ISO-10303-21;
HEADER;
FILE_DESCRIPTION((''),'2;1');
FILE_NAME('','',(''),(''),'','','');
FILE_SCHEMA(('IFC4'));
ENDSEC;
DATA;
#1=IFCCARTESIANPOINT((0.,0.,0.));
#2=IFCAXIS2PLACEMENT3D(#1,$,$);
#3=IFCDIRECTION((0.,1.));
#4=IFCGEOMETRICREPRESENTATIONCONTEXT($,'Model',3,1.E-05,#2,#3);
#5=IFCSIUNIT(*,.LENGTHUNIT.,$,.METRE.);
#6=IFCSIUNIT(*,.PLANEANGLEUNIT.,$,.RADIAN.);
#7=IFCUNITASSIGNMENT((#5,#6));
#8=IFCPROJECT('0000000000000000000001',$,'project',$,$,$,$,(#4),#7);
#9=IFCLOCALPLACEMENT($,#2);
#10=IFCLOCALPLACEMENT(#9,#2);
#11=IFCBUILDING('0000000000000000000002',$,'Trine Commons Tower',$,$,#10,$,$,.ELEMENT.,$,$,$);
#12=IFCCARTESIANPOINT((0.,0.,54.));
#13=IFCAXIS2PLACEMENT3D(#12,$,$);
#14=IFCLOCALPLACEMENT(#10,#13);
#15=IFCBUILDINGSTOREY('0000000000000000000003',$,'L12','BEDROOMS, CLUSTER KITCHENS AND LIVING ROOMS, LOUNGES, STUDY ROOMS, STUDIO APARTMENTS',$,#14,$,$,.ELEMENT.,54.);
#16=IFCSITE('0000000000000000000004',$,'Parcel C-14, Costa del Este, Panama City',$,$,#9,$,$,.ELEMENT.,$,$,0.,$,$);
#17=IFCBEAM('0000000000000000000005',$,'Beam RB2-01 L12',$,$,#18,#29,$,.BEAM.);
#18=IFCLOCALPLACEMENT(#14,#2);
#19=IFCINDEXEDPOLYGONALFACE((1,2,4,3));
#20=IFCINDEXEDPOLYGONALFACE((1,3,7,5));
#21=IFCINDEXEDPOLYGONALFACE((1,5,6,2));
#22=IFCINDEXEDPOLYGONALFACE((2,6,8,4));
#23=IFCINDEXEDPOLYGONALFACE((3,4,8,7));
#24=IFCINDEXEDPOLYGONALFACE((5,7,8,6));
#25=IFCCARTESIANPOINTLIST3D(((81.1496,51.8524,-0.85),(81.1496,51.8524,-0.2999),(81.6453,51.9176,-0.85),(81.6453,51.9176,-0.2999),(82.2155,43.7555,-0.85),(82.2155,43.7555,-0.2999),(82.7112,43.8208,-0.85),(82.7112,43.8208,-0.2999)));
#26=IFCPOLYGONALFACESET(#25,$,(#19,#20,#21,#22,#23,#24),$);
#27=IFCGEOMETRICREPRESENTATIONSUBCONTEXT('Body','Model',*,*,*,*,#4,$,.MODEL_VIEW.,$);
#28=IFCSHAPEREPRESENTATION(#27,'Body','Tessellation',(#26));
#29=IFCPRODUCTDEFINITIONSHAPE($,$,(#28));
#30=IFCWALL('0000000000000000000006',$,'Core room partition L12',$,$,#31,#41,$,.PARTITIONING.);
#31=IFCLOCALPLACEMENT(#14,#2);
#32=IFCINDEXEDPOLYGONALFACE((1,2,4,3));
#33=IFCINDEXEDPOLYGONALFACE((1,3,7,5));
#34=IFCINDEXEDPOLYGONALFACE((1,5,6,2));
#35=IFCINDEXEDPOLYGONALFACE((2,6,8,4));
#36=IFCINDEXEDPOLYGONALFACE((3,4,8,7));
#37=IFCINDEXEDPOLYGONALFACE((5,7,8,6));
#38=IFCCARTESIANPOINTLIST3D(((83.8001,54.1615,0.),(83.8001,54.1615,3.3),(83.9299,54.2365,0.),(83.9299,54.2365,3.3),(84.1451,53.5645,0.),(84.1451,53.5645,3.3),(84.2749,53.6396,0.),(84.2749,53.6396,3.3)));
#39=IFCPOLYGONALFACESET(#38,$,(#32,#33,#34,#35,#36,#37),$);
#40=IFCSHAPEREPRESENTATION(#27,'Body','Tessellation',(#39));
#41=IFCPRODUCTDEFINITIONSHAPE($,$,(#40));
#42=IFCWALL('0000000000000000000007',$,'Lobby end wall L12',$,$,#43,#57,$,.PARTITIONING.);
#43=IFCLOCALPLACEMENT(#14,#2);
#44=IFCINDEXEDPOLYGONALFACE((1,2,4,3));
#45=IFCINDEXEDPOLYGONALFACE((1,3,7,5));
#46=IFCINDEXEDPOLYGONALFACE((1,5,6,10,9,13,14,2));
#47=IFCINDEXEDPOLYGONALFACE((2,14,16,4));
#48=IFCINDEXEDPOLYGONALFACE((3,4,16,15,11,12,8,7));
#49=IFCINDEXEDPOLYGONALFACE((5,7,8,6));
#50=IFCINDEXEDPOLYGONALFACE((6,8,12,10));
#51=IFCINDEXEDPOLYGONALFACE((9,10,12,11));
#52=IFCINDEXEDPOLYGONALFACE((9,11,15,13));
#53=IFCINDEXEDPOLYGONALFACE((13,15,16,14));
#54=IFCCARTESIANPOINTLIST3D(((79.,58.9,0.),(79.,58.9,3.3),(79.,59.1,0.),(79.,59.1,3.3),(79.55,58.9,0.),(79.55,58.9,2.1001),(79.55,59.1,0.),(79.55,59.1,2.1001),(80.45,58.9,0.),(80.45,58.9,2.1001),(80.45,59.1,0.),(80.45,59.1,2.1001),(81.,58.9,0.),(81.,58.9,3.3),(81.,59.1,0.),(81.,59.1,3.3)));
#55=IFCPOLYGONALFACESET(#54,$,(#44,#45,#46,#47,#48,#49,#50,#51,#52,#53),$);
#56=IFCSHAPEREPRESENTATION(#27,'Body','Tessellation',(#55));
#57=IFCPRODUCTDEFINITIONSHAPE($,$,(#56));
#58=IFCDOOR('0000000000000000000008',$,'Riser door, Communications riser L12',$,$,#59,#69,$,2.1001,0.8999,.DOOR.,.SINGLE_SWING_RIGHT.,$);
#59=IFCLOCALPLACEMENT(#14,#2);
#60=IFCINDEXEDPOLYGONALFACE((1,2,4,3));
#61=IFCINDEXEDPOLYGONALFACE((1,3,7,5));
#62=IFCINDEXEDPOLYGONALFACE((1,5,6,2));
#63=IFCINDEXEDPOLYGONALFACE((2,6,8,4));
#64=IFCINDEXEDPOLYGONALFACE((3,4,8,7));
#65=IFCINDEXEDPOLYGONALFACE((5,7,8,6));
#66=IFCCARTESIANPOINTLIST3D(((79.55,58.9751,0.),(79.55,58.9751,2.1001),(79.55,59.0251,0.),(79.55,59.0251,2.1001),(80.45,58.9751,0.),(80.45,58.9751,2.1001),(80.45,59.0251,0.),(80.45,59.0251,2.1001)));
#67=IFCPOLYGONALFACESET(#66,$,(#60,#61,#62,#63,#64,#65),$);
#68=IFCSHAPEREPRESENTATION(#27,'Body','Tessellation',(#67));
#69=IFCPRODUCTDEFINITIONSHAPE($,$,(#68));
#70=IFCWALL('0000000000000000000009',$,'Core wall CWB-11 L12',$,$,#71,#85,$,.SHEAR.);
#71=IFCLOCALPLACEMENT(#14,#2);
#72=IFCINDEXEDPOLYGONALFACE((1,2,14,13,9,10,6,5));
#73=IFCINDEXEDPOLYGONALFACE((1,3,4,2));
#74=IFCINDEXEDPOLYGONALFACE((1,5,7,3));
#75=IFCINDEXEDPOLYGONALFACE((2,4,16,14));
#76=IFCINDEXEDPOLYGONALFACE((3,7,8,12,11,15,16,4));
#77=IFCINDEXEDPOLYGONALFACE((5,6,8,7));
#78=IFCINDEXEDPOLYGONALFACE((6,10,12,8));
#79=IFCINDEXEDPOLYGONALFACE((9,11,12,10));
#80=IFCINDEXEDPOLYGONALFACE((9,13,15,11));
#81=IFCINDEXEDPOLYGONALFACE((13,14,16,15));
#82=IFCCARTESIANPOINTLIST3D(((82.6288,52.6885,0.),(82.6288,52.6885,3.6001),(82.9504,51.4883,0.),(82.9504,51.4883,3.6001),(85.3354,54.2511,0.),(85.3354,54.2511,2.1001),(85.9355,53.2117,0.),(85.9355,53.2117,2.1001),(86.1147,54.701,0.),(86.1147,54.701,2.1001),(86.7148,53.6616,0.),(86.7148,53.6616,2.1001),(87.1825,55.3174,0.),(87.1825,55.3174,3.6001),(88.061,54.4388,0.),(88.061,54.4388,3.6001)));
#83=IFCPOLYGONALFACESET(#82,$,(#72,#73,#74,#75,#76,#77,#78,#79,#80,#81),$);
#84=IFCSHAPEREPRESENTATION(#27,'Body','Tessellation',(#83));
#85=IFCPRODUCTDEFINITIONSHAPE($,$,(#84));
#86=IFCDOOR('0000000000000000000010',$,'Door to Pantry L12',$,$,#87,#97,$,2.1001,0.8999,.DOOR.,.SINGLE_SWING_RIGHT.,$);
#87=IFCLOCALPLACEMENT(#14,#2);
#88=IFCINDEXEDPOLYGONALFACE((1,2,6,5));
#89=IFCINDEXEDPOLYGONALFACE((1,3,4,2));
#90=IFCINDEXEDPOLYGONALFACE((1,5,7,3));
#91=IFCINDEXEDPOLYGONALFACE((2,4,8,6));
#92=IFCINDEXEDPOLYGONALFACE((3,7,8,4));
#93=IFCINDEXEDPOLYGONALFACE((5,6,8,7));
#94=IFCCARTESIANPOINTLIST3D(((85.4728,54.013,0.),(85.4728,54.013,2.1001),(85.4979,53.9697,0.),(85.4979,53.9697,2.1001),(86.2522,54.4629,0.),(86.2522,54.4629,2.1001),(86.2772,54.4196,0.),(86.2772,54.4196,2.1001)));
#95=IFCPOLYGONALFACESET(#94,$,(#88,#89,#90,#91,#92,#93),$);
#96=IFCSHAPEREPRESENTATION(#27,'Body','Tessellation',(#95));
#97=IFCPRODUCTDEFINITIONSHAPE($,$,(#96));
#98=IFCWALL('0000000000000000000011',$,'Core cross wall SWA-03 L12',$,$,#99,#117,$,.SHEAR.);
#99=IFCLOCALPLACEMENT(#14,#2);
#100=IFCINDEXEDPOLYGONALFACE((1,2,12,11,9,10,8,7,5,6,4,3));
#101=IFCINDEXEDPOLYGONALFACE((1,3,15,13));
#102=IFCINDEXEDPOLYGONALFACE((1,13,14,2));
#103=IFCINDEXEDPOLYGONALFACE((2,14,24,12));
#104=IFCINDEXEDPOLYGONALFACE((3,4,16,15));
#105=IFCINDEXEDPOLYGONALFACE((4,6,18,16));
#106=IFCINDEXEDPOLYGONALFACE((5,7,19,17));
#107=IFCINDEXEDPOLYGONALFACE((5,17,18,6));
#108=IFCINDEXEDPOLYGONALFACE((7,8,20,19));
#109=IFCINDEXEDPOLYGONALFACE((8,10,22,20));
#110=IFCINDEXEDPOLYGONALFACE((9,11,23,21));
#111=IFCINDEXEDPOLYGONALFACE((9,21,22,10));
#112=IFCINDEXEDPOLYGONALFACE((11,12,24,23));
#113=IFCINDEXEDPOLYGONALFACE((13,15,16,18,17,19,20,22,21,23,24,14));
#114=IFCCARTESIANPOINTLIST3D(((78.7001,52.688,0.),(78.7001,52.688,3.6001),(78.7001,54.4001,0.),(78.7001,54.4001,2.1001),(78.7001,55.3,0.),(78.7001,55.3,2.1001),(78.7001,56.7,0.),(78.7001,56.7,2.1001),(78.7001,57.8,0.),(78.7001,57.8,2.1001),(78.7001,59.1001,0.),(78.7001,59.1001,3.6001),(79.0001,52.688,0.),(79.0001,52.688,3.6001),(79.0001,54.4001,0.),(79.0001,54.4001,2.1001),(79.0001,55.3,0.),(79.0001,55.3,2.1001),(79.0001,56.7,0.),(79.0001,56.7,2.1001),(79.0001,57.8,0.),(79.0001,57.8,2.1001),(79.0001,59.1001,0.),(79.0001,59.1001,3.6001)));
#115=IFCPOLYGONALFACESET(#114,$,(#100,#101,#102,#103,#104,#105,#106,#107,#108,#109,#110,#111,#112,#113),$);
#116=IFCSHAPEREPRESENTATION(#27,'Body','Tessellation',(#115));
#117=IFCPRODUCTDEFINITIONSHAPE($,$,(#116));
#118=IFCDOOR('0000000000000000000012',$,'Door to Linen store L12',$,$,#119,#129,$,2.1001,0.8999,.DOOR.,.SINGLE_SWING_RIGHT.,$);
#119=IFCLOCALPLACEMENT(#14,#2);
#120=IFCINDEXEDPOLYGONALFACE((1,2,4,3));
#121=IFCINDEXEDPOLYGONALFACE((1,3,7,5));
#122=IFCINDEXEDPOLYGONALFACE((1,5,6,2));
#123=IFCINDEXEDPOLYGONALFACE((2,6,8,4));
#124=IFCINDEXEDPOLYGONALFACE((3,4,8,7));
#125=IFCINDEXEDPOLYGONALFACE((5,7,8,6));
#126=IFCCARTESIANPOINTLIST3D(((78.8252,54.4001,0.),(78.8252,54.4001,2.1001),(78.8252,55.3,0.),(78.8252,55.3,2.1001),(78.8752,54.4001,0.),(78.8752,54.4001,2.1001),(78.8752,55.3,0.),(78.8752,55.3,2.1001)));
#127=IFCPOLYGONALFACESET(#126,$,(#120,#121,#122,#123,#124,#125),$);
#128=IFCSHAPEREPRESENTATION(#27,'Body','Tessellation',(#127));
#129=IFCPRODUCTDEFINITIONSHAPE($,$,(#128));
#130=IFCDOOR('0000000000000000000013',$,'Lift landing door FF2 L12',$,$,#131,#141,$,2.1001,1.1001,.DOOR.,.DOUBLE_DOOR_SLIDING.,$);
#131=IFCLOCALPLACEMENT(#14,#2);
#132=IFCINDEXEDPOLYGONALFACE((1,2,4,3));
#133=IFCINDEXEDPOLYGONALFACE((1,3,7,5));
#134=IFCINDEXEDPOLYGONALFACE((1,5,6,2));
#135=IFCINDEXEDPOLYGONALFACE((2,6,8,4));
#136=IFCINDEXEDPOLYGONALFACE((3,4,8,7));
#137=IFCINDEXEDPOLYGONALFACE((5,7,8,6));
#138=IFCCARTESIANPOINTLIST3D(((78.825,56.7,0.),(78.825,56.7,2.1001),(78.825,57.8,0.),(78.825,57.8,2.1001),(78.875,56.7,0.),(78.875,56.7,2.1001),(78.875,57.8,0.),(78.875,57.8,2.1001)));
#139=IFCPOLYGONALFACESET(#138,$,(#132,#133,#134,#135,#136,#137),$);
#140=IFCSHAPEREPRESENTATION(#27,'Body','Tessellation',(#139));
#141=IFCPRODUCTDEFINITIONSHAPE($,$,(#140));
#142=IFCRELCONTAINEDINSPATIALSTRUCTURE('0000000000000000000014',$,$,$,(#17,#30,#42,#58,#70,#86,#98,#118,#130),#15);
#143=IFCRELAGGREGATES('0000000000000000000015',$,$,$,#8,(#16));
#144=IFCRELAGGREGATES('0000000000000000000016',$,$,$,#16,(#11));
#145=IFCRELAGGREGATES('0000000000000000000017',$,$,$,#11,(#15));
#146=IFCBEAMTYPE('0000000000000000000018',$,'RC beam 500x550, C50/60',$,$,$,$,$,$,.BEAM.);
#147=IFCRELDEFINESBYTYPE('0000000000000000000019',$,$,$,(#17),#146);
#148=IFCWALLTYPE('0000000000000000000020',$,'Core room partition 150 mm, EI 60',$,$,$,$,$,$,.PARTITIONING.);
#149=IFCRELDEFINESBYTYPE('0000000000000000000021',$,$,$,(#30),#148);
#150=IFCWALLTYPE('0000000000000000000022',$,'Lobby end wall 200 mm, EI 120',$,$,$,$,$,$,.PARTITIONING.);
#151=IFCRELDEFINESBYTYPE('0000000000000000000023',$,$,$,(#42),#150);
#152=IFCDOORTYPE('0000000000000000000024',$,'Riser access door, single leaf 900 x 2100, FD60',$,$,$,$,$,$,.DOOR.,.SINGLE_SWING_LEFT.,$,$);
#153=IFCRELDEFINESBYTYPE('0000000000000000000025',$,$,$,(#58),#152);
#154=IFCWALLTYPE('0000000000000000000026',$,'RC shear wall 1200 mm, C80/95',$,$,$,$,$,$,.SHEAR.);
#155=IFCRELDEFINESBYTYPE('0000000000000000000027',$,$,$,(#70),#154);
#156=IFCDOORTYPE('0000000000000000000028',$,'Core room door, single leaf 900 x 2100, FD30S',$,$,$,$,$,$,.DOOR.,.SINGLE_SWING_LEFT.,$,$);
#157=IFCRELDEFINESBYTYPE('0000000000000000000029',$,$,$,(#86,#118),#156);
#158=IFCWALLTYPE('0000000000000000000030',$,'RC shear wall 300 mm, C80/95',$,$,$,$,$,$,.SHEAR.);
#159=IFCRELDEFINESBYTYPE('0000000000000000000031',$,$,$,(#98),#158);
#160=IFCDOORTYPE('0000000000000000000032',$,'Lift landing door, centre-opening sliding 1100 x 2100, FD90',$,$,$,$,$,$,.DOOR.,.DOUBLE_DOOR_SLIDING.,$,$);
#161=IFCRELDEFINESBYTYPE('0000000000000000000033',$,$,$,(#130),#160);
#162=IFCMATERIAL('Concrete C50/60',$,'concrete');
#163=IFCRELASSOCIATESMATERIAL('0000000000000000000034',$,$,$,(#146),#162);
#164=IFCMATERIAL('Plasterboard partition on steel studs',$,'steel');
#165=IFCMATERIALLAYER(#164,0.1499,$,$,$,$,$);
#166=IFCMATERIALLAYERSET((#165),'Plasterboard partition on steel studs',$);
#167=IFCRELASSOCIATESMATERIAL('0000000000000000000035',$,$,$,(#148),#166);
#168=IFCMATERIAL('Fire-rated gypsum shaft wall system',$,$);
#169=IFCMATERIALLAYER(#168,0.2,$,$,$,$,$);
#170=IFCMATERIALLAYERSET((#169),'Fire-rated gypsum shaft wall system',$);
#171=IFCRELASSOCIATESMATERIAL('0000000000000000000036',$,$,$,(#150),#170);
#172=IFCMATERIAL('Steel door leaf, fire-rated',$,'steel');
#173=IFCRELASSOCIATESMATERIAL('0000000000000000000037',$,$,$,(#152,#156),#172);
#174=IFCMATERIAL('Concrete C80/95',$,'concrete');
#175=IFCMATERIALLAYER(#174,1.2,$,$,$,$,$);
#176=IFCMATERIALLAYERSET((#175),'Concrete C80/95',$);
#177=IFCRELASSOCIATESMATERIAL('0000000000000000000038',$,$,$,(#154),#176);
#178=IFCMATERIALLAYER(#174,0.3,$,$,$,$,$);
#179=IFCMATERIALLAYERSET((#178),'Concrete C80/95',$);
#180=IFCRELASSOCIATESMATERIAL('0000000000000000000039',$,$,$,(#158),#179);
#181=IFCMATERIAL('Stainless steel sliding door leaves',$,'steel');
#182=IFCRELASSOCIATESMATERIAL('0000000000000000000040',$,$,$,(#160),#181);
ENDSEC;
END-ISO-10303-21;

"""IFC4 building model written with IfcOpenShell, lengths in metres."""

from ifc_helpers import new_model, si_unit, direction, frame, frame_2d, origin, origin_2d, place, context, subcontext, project, spatial, polyline, rectangle, outline, extrude, material, layer, layer_set, material_profile, profile_set, type_object, element, fill, save


model = new_model("IFC4")

# Units and contexts
model_context = context("Model", 3, precision=1e-05, world=origin(), true_north=direction((0.0, 1.0)))
body_context = subcontext(model_context, "Body", "Model", "MODEL_VIEW")
ifc_project = project(units=[si_unit("LENGTHUNIT", "METRE"), si_unit("PLANEANGLEUNIT", "RADIAN")], contexts=[model_context])

# Site, building, storey
site_placement = place(None, origin())
site = spatial("IfcSite", under=ifc_project, at=site_placement, Name="Parcel C-14, Costa del Este, Panama City", CompositionType="ELEMENT", RefElevation=0.0)
building_placement = place(site_placement, origin())
building = spatial("IfcBuilding", under=site, at=building_placement, Name="Trine Commons Tower", CompositionType="ELEMENT")
storey_placement = place(building_placement, frame((0.0, 0.0, 54.0)))
storey = spatial("IfcBuildingStorey", under=building, at=storey_placement, Name="L12", Description="BEDROOMS, CLUSTER KITCHENS AND LIVING ROOMS, LOUNGES, STUDY ROOMS, STUDIO APARTMENTS", CompositionType="ELEMENT", Elevation=54.0)

# Beam
ifc_material_1 = material(Name="Concrete C50/60", Category="concrete")
ifc_material_profile = material_profile(ifc_material_1, rectangle(XDim=0.5, YDim=0.55, at=origin_2d()), Name="RC 500x550")
ifc_profile_set = profile_set([ifc_material_profile], Name="Concrete C50/60")
beam_type = type_object("IfcBeamType", Name="RC beam 500x550, C50/60", PredefinedType="BEAM", material=ifc_profile_set)
beam_placement = place(storey_placement, frame((81.3975, 51.885, -0.575), z_axis=(0.130519, -0.991446, 0.0), x_axis=(0.991446, 0.130519, 0.0)))
element("IfcBeam", 1, at=beam_placement, inside=storey, type_object=beam_type, Name="Beam RB2-01 L12", PredefinedType="BEAM", context=body_context, shape_type="SweptSolid", body=[
    extrude(rectangle(XDim=0.5, YDim=0.55, at=origin_2d()), origin(), (0.0, 0.0, 1.0), 8.1667),
])

# Wall
ifc_material_2 = material(Name="Plasterboard partition on steel studs", Category="steel")
ifc_layer_1 = layer(ifc_material_2, 0.1499)
ifc_layer_set_1 = layer_set([ifc_layer_1], Name="Plasterboard partition on steel studs")
wall_type_1 = type_object("IfcWallType", Name="Core room partition 150 mm, EI 60", PredefinedType="PARTITIONING", material=ifc_layer_set_1)
wall_1_placement = place(storey_placement, frame((84.21, 53.6021, 0.0), z_axis=(0.0, 0.0, 1.0), x_axis=(-0.500366, 0.865814, 0.0)))
element("IfcWall", 2, at=wall_1_placement, inside=storey, type_object=wall_type_1, Name="Core room partition L12", PredefinedType="PARTITIONING", context=body_context, shape_type="SweptSolid", body=[
    extrude(rectangle(XDim=0.6895, YDim=0.1499, at=frame_2d((0.3447, 0.0))), origin(), (0.0, 0.0, 1.0), 3.3),
])

# Walls, openings, doors
ifc_material_3 = material(Name="Fire-rated gypsum shaft wall system")
ifc_layer_2 = layer(ifc_material_3, 0.2)
ifc_layer_set_2 = layer_set([ifc_layer_2], Name="Fire-rated gypsum shaft wall system")
wall_type_2 = type_object("IfcWallType", Name="Lobby end wall 200 mm, EI 120", PredefinedType="PARTITIONING", material=ifc_layer_set_2)
wall_2_placement = place(storey_placement, frame((79.0, 59.0, 0.0), z_axis=(0.0, 0.0, 1.0), x_axis=(1.0, 0.0, 0.0)))
wall_2 = element("IfcWall", 3, at=wall_2_placement, inside=storey, type_object=wall_type_2, Name="Lobby end wall L12", PredefinedType="PARTITIONING", context=body_context, shape_type="SweptSolid", body=[
    extrude(rectangle(XDim=2.0, YDim=0.2, at=frame_2d((1.0, 0.0))), origin(), (0.0, 0.0, 1.0), 3.3),
])
opening_1_placement = place(wall_2_placement, frame((0.55, 0.0, 0.0)))
opening_1 = element("IfcOpeningElement", 4, at=opening_1_placement, cuts=wall_2, PredefinedType="OPENING", context=body_context, shape_type="SweptSolid", body=[
    extrude(rectangle(XDim=0.8999, YDim=2.1001, at=frame_2d((0.45, 1.05))), frame((0.0, 0.1099, 0.0), z_axis=(0.0, -1.0, 0.0), x_axis=(1.0, 0.0, 0.0)), (0.0, 0.0, 1.0), 0.22),
])
ifc_material_4 = material(Name="Steel door leaf, fire-rated", Category="steel")
door_type_1 = type_object("IfcDoorType", Name="Riser access door, single leaf 900 x 2100, FD60", OperationType="SINGLE_SWING_LEFT", PredefinedType="DOOR", material=ifc_material_4)
door_1_placement = place(opening_1_placement, frame((0.8999, 0.0, 0.0), z_axis=(0.0, 0.0, 1.0), x_axis=(-1.0, 0.0, 0.0)))
door_1 = element("IfcDoor", 5, at=door_1_placement, inside=storey, type_object=door_type_1, Name="Riser door, Communications riser L12", OperationType="SINGLE_SWING_RIGHT", OverallHeight=2.1001, OverallWidth=0.8999, PredefinedType="DOOR", context=body_context, shape_type="SweptSolid", body=[
    extrude(rectangle(XDim=0.8999, YDim=2.1001, at=frame_2d((0.45, 1.05))), frame((0.0, 0.0249, 0.0), z_axis=(0.0, -1.0, 0.0), x_axis=(1.0, 0.0, 0.0)), (0.0, 0.0, 1.0), 0.05),
])
fill(opening_1, door_1)
ifc_material_5 = material(Name="Concrete C80/95", Category="concrete")
ifc_layer_3 = layer(ifc_material_5, 1.2)
ifc_layer_set_3 = layer_set([ifc_layer_3], Name="Concrete C80/95")
wall_type_3 = type_object("IfcWallType", Name="RC shear wall 1200 mm, C80/95", PredefinedType="SHEAR", material=ifc_layer_set_3)
wall_3_placement = place(storey_placement, frame((82.6504, 52.0081, 0.0), z_axis=(0.0, 0.0, 1.0), x_axis=(0.866037, 0.499979, 0.0)))
wall_3 = element("IfcWall", 6, at=wall_3_placement, inside=storey, type_object=wall_type_3, Name="Core wall CWB-11 L12", PredefinedType="SHEAR", context=body_context, shape_type="SweptSolid", body=[
    extrude(outline(polyline([(0.0, -0.6001), (5.9011, -0.6001), (5.5796, 0.6001), (0.3215, 0.6001), (0.0, -0.6001)])), origin(), (0.0, 0.0, 1.0), 3.6001),
])
opening_2_placement = place(wall_3_placement, frame((3.4468, 0.0, 0.0)))
opening_2 = element("IfcOpeningElement", 7, at=opening_2_placement, cuts=wall_3, PredefinedType="OPENING", context=body_context, shape_type="SweptSolid", body=[
    extrude(rectangle(XDim=0.8999, YDim=2.1001, at=frame_2d((0.45, 1.05))), frame((0.0, 0.6099, 0.0), z_axis=(0.0, -1.0, 0.0), x_axis=(1.0, 0.0, 0.0)), (0.0, 0.0, 1.0), 1.22),
])
door_type_2 = type_object("IfcDoorType", Name="Core room door, single leaf 900 x 2100, FD30S", OperationType="SINGLE_SWING_LEFT", PredefinedType="DOOR", material=ifc_material_4)
door_2_placement = place(opening_2_placement, origin())
door_2 = element("IfcDoor", 8, at=door_2_placement, inside=storey, type_object=door_type_2, Name="Door to Pantry L12", OperationType="SINGLE_SWING_RIGHT", OverallHeight=2.1001, OverallWidth=0.8999, PredefinedType="DOOR", context=body_context, shape_type="SweptSolid", body=[
    extrude(rectangle(XDim=0.8999, YDim=2.1001, at=frame_2d((0.45, 1.05))), frame((0.0, 0.3252, 0.0), z_axis=(0.0, -1.0, 0.0), x_axis=(1.0, 0.0, 0.0)), (0.0, 0.0, 1.0), 0.05),
])
fill(opening_2, door_2)

# Wall, openings, doors
ifc_layer_4 = layer(ifc_material_5, 0.3)
ifc_layer_set_4 = layer_set([ifc_layer_4], Name="Concrete C80/95")
wall_type_4 = type_object("IfcWallType", Name="RC shear wall 300 mm, C80/95", PredefinedType="SHEAR", material=ifc_layer_set_4)
wall_4_placement = place(storey_placement, frame((78.8501, 59.1001, 0.0), z_axis=(0.0, 0.0, 1.0), x_axis=(0.0, -1.0, 0.0)))
wall_4 = element("IfcWall", 9, at=wall_4_placement, inside=storey, type_object=wall_type_4, Name="Core cross wall SWA-03 L12", PredefinedType="SHEAR", context=body_context, shape_type="SweptSolid", body=[
    extrude(rectangle(XDim=6.4121, YDim=0.3, at=frame_2d((3.2061, 0.0))), origin(), (0.0, 0.0, 1.0), 3.6001),
])
opening_3_placement = place(wall_4_placement, frame((3.8, 0.0, 0.0)))
opening_3 = element("IfcOpeningElement", 10, at=opening_3_placement, cuts=wall_4, PredefinedType="OPENING", context=body_context, shape_type="SweptSolid", body=[
    extrude(rectangle(XDim=0.8999, YDim=2.1001, at=frame_2d((0.45, 1.05))), frame((0.0, 0.1599, 0.0), z_axis=(0.0, -1.0, 0.0), x_axis=(1.0, 0.0, 0.0)), (0.0, 0.0, 1.0), 0.3201),
])
opening_4_placement = place(wall_4_placement, frame((1.3, 0.0, 0.0)))
opening_4 = element("IfcOpeningElement", 11, at=opening_4_placement, cuts=wall_4, PredefinedType="OPENING", context=body_context, shape_type="SweptSolid", body=[
    extrude(rectangle(XDim=1.1001, YDim=2.1001, at=frame_2d((0.55, 1.05))), frame((0.0, 0.1599, 0.0), z_axis=(0.0, -1.0, 0.0), x_axis=(1.0, 0.0, 0.0)), (0.0, 0.0, 1.0), 0.3201),
])
door_3_placement = place(opening_3_placement, frame((0.8999, 0.0, 0.0), z_axis=(0.0, 0.0, 1.0), x_axis=(-1.0, 0.0, 0.0)))
door_3 = element("IfcDoor", 12, at=door_3_placement, inside=storey, type_object=door_type_2, Name="Door to Linen store L12", OperationType="SINGLE_SWING_RIGHT", OverallHeight=2.1001, OverallWidth=0.8999, PredefinedType="DOOR", context=body_context, shape_type="SweptSolid", body=[
    extrude(rectangle(XDim=0.8999, YDim=2.1001, at=frame_2d((0.45, 1.05))), frame((0.0, 0.0249, 0.0), z_axis=(0.0, -1.0, 0.0), x_axis=(1.0, 0.0, 0.0)), (0.0, 0.0, 1.0), 0.05),
])
fill(opening_3, door_3)
ifc_material_6 = material(Name="Stainless steel sliding door leaves", Category="steel")
door_type_3 = type_object("IfcDoorType", Name="Lift landing door, centre-opening sliding 1100 x 2100, FD90", OperationType="DOUBLE_DOOR_SLIDING", PredefinedType="DOOR", material=ifc_material_6)
door_4_placement = place(opening_4_placement, origin())
door_4 = element("IfcDoor", 13, at=door_4_placement, inside=storey, type_object=door_type_3, Name="Lift landing door FF2 L12", OperationType="DOUBLE_DOOR_SLIDING", OverallHeight=2.1001, OverallWidth=1.1001, PredefinedType="DOOR", context=body_context, shape_type="SweptSolid", body=[
    extrude(rectangle(XDim=1.1001, YDim=2.1001, at=frame_2d((0.55, 1.05))), frame((0.0, 0.0249, 0.0), z_axis=(0.0, -1.0, 0.0), x_axis=(1.0, 0.0, 0.0)), (0.0, 0.0, 1.0), 0.05),
])
fill(opening_4, door_4)

save(model, "model.ifc")
